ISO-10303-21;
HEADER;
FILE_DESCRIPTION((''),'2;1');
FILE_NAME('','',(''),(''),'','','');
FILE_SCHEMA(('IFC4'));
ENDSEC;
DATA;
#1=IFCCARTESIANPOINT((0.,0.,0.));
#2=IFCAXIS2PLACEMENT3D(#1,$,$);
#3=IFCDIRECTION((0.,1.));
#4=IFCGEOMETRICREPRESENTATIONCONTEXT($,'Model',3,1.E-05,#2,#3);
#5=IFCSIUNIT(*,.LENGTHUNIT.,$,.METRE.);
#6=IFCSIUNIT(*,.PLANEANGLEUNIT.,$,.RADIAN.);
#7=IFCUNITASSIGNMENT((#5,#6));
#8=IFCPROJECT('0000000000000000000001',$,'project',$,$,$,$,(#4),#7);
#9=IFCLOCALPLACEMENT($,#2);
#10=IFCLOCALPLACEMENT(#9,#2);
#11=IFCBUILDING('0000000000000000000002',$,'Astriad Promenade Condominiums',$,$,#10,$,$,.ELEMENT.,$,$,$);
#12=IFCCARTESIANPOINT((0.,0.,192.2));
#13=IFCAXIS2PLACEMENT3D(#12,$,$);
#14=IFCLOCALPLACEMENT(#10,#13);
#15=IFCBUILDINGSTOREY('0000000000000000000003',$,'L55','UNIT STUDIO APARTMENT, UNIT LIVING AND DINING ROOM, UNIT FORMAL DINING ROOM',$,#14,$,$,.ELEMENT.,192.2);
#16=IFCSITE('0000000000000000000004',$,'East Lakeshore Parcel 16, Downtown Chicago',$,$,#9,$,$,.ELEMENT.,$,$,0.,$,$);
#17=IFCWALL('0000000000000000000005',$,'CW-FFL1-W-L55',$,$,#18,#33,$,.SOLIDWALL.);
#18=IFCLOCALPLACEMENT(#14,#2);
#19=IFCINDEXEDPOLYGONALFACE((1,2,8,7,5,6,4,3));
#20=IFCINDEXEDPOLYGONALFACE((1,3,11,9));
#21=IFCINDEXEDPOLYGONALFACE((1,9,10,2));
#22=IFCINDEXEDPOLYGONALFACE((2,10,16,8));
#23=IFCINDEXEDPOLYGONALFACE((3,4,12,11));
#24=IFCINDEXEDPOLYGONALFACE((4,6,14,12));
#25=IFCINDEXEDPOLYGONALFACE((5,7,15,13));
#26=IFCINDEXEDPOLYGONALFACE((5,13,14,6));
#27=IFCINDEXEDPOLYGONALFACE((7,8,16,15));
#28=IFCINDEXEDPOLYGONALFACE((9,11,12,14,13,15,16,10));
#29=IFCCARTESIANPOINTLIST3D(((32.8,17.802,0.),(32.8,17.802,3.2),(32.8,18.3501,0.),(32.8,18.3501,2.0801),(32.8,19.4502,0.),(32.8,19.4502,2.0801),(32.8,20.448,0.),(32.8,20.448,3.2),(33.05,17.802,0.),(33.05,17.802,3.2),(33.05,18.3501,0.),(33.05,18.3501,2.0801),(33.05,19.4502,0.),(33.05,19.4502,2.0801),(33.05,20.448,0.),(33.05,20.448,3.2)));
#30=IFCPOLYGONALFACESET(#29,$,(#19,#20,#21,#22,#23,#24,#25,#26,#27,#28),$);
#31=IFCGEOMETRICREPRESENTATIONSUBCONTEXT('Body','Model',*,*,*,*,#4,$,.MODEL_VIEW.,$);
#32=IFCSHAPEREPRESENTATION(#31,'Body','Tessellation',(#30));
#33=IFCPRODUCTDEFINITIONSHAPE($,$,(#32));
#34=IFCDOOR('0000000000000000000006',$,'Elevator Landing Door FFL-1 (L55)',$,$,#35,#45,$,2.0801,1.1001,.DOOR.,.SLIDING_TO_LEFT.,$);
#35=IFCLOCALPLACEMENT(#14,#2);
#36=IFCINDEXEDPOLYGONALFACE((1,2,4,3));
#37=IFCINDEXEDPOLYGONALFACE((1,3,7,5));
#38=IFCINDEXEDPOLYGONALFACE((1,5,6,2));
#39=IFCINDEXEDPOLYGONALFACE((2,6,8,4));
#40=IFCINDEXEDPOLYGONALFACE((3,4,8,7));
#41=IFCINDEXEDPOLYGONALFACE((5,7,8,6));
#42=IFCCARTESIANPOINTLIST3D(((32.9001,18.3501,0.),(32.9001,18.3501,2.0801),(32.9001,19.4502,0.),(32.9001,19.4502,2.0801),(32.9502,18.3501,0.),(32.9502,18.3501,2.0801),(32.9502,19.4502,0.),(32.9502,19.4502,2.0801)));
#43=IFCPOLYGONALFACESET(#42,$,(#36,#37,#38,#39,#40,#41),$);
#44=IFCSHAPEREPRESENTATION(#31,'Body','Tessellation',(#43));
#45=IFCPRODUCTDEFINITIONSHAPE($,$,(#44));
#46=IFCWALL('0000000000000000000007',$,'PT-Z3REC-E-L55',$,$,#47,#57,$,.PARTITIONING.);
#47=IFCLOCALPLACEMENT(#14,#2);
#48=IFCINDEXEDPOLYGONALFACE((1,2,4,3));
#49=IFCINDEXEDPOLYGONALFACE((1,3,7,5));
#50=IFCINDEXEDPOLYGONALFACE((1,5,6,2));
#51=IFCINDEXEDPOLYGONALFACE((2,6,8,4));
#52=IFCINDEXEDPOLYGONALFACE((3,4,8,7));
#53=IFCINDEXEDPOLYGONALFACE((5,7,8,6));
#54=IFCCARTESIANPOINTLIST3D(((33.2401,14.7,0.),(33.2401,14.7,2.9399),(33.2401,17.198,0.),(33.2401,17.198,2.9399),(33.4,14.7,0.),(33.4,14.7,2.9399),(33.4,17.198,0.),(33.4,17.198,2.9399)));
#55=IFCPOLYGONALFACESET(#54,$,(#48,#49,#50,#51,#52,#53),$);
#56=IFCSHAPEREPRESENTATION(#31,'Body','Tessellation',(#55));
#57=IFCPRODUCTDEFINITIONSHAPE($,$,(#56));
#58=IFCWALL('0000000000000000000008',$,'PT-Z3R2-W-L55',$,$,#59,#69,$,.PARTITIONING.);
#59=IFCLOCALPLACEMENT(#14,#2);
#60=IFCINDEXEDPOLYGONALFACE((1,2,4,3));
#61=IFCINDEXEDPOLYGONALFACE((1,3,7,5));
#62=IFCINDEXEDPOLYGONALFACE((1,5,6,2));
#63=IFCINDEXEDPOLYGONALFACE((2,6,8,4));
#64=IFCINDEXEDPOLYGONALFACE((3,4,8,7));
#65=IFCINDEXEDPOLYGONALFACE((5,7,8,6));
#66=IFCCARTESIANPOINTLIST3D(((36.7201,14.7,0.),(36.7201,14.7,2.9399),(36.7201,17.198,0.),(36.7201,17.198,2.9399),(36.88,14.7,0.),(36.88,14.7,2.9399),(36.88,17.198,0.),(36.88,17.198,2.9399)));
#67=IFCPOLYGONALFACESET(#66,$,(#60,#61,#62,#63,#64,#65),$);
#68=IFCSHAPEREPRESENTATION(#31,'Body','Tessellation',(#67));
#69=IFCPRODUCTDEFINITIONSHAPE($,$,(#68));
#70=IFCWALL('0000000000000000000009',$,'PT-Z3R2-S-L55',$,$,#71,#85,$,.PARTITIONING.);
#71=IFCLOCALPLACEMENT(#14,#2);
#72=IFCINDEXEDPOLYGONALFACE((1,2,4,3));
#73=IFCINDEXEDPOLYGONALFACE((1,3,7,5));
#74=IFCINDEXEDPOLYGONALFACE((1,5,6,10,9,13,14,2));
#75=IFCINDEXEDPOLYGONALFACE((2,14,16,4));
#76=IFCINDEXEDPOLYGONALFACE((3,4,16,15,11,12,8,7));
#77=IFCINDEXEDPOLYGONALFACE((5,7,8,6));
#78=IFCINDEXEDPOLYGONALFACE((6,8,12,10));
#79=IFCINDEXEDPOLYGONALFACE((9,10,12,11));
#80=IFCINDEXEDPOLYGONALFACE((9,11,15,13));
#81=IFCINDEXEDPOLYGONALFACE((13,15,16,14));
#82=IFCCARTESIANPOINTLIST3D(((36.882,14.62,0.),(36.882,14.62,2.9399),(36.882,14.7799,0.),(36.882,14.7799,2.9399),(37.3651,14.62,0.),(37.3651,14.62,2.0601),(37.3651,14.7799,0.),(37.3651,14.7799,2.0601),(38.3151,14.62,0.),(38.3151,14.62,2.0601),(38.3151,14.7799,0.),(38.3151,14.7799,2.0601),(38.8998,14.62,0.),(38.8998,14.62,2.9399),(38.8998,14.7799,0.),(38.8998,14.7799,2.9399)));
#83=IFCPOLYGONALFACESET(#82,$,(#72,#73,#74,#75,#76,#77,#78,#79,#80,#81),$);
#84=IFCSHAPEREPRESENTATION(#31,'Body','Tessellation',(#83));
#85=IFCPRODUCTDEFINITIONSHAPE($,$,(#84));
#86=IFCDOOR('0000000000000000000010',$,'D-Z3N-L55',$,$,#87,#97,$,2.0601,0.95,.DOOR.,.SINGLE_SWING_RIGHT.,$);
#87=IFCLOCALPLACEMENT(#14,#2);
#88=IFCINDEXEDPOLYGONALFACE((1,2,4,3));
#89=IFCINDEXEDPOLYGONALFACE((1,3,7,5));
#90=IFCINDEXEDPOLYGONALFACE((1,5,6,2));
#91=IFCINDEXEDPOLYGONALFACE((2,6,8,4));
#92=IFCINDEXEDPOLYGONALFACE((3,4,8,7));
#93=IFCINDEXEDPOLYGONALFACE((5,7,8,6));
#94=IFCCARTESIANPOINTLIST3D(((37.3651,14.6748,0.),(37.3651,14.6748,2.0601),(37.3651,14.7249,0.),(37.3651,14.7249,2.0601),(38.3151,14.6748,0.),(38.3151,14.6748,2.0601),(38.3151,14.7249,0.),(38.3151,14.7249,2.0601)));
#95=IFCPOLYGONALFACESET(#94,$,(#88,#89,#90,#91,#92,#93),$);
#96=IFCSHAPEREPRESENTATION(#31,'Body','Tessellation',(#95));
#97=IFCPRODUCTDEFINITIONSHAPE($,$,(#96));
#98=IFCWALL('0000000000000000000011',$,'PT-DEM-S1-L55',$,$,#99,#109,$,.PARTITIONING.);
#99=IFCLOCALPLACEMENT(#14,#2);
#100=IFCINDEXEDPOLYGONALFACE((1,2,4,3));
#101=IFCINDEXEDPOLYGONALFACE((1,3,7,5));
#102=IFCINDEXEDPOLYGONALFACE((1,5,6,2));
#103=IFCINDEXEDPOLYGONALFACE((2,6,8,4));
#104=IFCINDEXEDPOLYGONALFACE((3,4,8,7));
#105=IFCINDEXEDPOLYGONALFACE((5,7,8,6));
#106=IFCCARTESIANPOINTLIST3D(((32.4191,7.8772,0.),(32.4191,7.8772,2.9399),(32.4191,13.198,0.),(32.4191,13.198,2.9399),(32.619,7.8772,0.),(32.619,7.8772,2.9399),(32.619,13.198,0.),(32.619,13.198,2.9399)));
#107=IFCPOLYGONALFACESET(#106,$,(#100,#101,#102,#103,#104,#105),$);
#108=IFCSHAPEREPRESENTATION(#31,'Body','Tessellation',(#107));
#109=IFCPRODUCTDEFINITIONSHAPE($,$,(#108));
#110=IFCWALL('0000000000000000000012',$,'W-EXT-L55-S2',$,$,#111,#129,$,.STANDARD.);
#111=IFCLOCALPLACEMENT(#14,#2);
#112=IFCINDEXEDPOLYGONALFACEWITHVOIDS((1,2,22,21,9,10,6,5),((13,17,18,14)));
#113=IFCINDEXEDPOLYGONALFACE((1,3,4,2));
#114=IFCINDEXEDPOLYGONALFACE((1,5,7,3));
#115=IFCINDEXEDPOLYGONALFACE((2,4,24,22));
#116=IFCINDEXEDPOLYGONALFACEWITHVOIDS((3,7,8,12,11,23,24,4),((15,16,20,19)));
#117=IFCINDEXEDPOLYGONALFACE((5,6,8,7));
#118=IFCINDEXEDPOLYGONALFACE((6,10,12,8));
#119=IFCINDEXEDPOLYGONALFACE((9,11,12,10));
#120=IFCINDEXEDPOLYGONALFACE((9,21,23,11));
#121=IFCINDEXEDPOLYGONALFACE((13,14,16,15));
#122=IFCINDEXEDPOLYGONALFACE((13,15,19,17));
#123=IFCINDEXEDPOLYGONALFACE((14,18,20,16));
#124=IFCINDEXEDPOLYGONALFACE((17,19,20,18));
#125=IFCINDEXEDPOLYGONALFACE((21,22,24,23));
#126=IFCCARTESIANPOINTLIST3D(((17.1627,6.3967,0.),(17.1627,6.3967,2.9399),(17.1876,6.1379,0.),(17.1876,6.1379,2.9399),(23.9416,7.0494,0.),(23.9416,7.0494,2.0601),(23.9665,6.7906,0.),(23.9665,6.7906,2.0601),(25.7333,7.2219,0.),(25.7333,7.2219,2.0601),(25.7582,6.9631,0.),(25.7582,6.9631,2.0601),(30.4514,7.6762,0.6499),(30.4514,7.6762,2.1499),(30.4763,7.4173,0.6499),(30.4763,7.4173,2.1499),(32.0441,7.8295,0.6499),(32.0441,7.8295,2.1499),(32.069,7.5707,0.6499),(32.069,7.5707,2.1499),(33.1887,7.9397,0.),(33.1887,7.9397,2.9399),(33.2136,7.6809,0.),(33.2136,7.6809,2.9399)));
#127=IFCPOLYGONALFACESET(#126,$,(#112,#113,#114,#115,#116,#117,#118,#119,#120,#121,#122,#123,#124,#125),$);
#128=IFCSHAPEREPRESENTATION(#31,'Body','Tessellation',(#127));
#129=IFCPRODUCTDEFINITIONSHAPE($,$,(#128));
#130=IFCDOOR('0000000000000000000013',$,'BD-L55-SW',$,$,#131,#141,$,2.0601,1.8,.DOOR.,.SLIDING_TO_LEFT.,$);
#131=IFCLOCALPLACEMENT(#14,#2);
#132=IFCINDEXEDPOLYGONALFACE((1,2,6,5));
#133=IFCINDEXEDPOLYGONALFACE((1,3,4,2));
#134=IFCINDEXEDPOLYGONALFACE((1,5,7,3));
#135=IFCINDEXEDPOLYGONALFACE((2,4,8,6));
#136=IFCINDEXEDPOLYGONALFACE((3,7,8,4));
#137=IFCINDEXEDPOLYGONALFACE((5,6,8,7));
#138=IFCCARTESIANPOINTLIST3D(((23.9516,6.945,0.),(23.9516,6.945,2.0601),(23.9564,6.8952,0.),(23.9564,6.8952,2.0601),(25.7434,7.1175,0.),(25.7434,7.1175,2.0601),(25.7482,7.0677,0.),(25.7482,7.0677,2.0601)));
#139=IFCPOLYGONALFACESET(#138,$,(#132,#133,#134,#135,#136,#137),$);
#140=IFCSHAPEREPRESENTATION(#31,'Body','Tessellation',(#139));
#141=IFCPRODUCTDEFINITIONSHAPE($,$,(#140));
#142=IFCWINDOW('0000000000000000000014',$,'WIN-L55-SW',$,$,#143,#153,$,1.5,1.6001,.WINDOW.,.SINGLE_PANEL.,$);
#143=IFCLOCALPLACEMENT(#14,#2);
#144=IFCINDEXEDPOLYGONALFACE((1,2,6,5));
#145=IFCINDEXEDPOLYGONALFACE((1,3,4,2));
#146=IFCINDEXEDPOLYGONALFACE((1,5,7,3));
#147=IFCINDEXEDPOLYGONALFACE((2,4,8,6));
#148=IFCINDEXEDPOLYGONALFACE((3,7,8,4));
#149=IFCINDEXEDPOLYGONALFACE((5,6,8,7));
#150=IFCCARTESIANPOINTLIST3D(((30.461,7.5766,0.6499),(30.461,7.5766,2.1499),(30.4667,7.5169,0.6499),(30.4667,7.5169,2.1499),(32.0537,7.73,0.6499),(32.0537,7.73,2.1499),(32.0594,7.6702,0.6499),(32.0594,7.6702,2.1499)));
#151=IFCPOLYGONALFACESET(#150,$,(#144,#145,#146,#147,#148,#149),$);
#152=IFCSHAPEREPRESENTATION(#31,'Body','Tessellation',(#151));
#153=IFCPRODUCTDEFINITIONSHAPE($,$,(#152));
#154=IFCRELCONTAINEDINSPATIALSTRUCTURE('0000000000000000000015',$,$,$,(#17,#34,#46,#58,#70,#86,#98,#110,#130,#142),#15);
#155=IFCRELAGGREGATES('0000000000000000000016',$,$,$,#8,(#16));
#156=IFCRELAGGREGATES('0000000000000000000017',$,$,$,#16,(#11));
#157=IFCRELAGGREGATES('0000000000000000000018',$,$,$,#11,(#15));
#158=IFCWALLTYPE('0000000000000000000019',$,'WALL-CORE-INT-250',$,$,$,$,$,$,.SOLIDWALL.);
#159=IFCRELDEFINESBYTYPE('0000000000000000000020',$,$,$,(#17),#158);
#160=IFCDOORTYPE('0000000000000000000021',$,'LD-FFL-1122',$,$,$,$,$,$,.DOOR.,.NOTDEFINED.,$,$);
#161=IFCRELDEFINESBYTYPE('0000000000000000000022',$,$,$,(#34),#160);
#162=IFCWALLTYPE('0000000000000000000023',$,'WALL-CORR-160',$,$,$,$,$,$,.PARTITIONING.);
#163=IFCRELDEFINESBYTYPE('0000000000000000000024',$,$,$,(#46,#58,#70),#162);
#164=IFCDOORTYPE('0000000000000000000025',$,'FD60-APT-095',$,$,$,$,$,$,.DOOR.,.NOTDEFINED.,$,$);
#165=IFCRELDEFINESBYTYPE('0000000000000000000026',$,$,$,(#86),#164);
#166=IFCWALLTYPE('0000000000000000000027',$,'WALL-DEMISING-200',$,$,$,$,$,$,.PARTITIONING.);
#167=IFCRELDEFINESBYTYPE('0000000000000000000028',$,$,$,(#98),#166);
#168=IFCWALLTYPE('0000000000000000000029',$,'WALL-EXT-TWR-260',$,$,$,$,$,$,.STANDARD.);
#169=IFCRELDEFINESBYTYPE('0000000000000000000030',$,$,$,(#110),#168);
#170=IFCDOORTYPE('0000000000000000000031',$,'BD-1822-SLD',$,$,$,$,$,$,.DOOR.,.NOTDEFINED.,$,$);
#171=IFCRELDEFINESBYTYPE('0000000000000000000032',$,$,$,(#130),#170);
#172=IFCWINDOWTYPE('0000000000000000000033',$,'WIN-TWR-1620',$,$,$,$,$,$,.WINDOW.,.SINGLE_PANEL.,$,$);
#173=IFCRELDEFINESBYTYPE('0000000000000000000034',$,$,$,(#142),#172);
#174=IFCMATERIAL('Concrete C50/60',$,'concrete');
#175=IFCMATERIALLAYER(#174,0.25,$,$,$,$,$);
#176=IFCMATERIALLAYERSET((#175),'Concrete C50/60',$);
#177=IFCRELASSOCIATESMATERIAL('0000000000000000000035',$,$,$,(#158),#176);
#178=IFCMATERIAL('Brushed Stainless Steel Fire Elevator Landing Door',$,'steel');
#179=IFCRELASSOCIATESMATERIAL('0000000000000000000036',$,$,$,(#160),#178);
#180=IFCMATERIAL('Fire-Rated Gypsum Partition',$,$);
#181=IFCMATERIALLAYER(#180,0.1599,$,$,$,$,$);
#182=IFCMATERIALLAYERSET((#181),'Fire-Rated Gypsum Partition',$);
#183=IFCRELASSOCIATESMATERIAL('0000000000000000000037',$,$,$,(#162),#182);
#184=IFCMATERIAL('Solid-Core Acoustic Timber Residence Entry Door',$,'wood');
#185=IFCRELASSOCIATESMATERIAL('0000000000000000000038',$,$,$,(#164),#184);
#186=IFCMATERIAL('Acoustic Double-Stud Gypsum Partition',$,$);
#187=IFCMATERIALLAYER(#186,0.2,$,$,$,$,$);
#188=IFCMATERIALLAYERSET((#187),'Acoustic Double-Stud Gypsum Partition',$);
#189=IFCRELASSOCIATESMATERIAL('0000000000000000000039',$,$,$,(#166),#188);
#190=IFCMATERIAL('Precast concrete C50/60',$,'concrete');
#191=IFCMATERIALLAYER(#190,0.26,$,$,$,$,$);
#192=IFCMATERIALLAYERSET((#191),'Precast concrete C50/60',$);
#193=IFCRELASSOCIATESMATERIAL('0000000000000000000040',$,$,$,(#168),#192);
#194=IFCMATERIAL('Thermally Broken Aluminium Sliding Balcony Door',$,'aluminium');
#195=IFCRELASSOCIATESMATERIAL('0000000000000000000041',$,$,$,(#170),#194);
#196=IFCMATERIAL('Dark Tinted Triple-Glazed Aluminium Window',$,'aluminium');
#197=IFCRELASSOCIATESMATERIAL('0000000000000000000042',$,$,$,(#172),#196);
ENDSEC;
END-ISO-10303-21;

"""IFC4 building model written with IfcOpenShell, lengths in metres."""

from ifc_helpers import new_model, si_unit, direction, frame, frame_2d, origin, place, context, subcontext, project, spatial, rectangle, extrude, source, transform, mapped, material, layer, layer_set, type_object, type_shapes, element, fill, save


model = new_model("IFC4")

# Units and contexts
model_context = context("Model", 3, precision=1e-05, world=origin(), true_north=direction((0.0, 1.0)))
body_context = subcontext(model_context, "Body", "Model", "MODEL_VIEW")
ifc_project = project(units=[si_unit("LENGTHUNIT", "METRE"), si_unit("PLANEANGLEUNIT", "RADIAN")], contexts=[model_context])

# Site, building, storey
site_placement = place(None, origin())
site = spatial("IfcSite", under=ifc_project, at=site_placement, Name="East Lakeshore Parcel 16, Downtown Chicago", CompositionType="ELEMENT", RefElevation=0.0)
building_placement = place(site_placement, origin())
building = spatial("IfcBuilding", under=site, at=building_placement, Name="Astriad Promenade Condominiums", CompositionType="ELEMENT")
storey_placement = place(building_placement, frame((0.0, 0.0, 192.2)))
storey = spatial("IfcBuildingStorey", under=building, at=storey_placement, Name="L55", Description="UNIT STUDIO APARTMENT, UNIT LIVING AND DINING ROOM, UNIT FORMAL DINING ROOM", CompositionType="ELEMENT", Elevation=192.2)

# Wall, opening, door
ifc_material_1 = material(Name="Concrete C50/60", Category="concrete")
ifc_layer_1 = layer(ifc_material_1, 0.25)
ifc_layer_set_1 = layer_set([ifc_layer_1], Name="Concrete C50/60")
wall_type_1 = type_object("IfcWallType", Name="WALL-CORE-INT-250", PredefinedType="SOLIDWALL", material=ifc_layer_set_1)
wall_1_placement = place(storey_placement, frame((32.925, 17.802, 0.0), z_axis=(0.0, 0.0, 1.0), x_axis=(0.0, 1.0, 0.0)))
wall_1 = element("IfcWall", 1, at=wall_1_placement, inside=storey, type_object=wall_type_1, Name="CW-FFL1-W-L55", PredefinedType="SOLIDWALL", context=body_context, shape_type="SweptSolid", body=[
    extrude(rectangle(XDim=2.646, YDim=0.25, at=frame_2d((1.323, 0.0))), origin(), (0.0, 0.0, 1.0), 3.2),
])
opening_1_placement = place(wall_1_placement, frame((0.5481, 0.0, 0.0)))
opening_1 = element("IfcOpeningElement", 2, at=opening_1_placement, cuts=wall_1, PredefinedType="OPENING", context=body_context, shape_type="SweptSolid", body=[
    extrude(rectangle(XDim=1.1001, YDim=2.0801, at=frame_2d((0.55, 1.04))), frame((0.0, 0.135, 0.0), z_axis=(0.0, -1.0, 0.0), x_axis=(1.0, 0.0, 0.0)), (0.0, 0.0, 1.0), 0.27),
])
ifc_material_2 = material(Name="Brushed Stainless Steel Fire Elevator Landing Door", Category="steel")
door_type_1 = type_object("IfcDoorType", Name="LD-FFL-1122", OperationType="NOTDEFINED", PredefinedType="DOOR", material=ifc_material_2)
shared_shape_1 = source(origin(), body_context, "Body", "SweptSolid", [
    extrude(rectangle(XDim=1.1001, YDim=2.0801, at=frame_2d((0.55, 1.04))), frame((0.0, 0.0249, 0.0), z_axis=(0.0, -1.0, 0.0), x_axis=(1.0, 0.0, 0.0)), (0.0, 0.0, 1.0), 0.05),
])
type_shapes(door_type_1, [shared_shape_1])
door_1_placement = place(opening_1_placement, origin())
door_1 = element("IfcDoor", 3, at=door_1_placement, inside=storey, type_object=door_type_1, Name="Elevator Landing Door FFL-1 (L55)", OperationType="SLIDING_TO_LEFT", OverallHeight=2.0801, OverallWidth=1.1001, PredefinedType="DOOR", context=body_context, shape_type="MappedRepresentation", body=[
    mapped(shared_shape_1, transform((0.0, 0.0, 0.0), scale=1.0)),
])
fill(opening_1, door_1)

# Walls
ifc_material_3 = material(Name="Fire-Rated Gypsum Partition")
ifc_layer_2 = layer(ifc_material_3, 0.1599)
ifc_layer_set_2 = layer_set([ifc_layer_2], Name="Fire-Rated Gypsum Partition")
wall_type_2 = type_object("IfcWallType", Name="WALL-CORR-160", PredefinedType="PARTITIONING", material=ifc_layer_set_2)
for number, where, z_axis, x_axis, name in (
    (4, (33.3201, 14.7, 0.0), (0.0, 0.0, 1.0), (0.0, 1.0, 0.0), "PT-Z3REC-E-L55"),
    (5, (36.8, 14.7, 0.0), (0.0, 0.0, 1.0), (0.0, 1.0, 0.0), "PT-Z3R2-W-L55"),
):
    element("IfcWall", number, at=place(storey_placement, frame(where, z_axis=z_axis, x_axis=x_axis)), inside=storey, type_object=wall_type_2, Name=name, PredefinedType="PARTITIONING", context=body_context, shape_type="SweptSolid", body=[
        extrude(rectangle(XDim=2.498, YDim=0.1599, at=frame_2d((1.249, 0.0))), origin(), (0.0, 0.0, 1.0), 2.9399),
    ])

# Wall, opening, door
wall_2_placement = place(storey_placement, frame((36.8821, 14.7, 0.0), z_axis=(0.0, 0.0, 1.0), x_axis=(1.0, 0.0, 0.0)))
wall_2 = element("IfcWall", 6, at=wall_2_placement, inside=storey, type_object=wall_type_2, Name="PT-Z3R2-S-L55", PredefinedType="PARTITIONING", context=body_context, shape_type="SweptSolid", body=[
    extrude(rectangle(XDim=2.0178, YDim=0.1599, at=frame_2d((1.0088, 0.0))), origin(), (0.0, 0.0, 1.0), 2.9399),
])
opening_2_placement = place(wall_2_placement, frame((0.4829, 0.0, 0.0)))
opening_2 = element("IfcOpeningElement", 7, at=opening_2_placement, cuts=wall_2, PredefinedType="OPENING", context=body_context, shape_type="SweptSolid", body=[
    extrude(rectangle(XDim=0.95, YDim=2.0601, at=frame_2d((0.4751, 1.03))), frame((0.0, 0.0898, 0.0), z_axis=(0.0, -1.0, 0.0), x_axis=(1.0, 0.0, 0.0)), (0.0, 0.0, 1.0), 0.1799),
])
ifc_material_4 = material(Name="Solid-Core Acoustic Timber Residence Entry Door", Category="wood")
door_type_2 = type_object("IfcDoorType", Name="FD60-APT-095", OperationType="NOTDEFINED", PredefinedType="DOOR", material=ifc_material_4)
shared_shape_2 = source(origin(), body_context, "Body", "SweptSolid", [
    extrude(rectangle(XDim=0.95, YDim=2.0601, at=frame_2d((0.4751, 1.03))), frame((0.0, 0.0249, 0.0), z_axis=(0.0, -1.0, 0.0), x_axis=(1.0, 0.0, 0.0)), (0.0, 0.0, 1.0), 0.05),
])
type_shapes(door_type_2, [shared_shape_2])
door_2_placement = place(opening_2_placement, origin())
door_2 = element("IfcDoor", 8, at=door_2_placement, inside=storey, type_object=door_type_2, Name="D-Z3N-L55", OperationType="SINGLE_SWING_RIGHT", OverallHeight=2.0601, OverallWidth=0.95, PredefinedType="DOOR", context=body_context, shape_type="MappedRepresentation", body=[
    mapped(shared_shape_2, transform((0.0, 0.0, 0.0), scale=1.0)),
])
fill(opening_2, door_2)

# Wall
ifc_material_5 = material(Name="Acoustic Double-Stud Gypsum Partition")
ifc_layer_3 = layer(ifc_material_5, 0.2)
ifc_layer_set_3 = layer_set([ifc_layer_3], Name="Acoustic Double-Stud Gypsum Partition")
wall_type_3 = type_object("IfcWallType", Name="WALL-DEMISING-200", PredefinedType="PARTITIONING", material=ifc_layer_set_3)
wall_3_placement = place(storey_placement, frame((32.519, 7.8772, 0.0), z_axis=(0.0, 0.0, 1.0), x_axis=(0.0, 1.0, 0.0)))
element("IfcWall", 9, at=wall_3_placement, inside=storey, type_object=wall_type_3, Name="PT-DEM-S1-L55", PredefinedType="PARTITIONING", context=body_context, shape_type="SweptSolid", body=[
    extrude(rectangle(XDim=5.3208, YDim=0.2, at=frame_2d((2.6604, 0.0))), origin(), (0.0, 0.0, 1.0), 2.9399),
])

# Wall, openings, door, window
ifc_material_6 = material(Name="Precast concrete C50/60", Category="concrete")
ifc_layer_4 = layer(ifc_material_6, 0.26)
ifc_layer_set_4 = layer_set([ifc_layer_4], Name="Precast concrete C50/60")
wall_type_4 = type_object("IfcWallType", Name="WALL-EXT-TWR-260", PredefinedType="STANDARD", material=ifc_layer_set_4)
wall_4_placement = place(storey_placement, frame((33.2012, 7.8103, 0.0), z_axis=(0.0, 0.0, 1.0), x_axis=(-0.995397, -0.095837, 0.0)))
wall_4 = element("IfcWall", 10, at=wall_4_placement, inside=storey, type_object=wall_type_4, Name="W-EXT-L55-S2", PredefinedType="STANDARD", context=body_context, shape_type="SweptSolid", body=[
    extrude(rectangle(XDim=16.1001, YDim=0.26, at=frame_2d((8.05, 0.0))), origin(), (0.0, 0.0, 1.0), 2.9399),
])
opening_3_placement = place(wall_4_placement, frame((7.49, 0.0, 0.0)))
opening_3 = element("IfcOpeningElement", 11, at=opening_3_placement, cuts=wall_4, PredefinedType="OPENING", context=body_context, shape_type="SweptSolid", body=[
    extrude(rectangle(XDim=1.8, YDim=2.0601, at=frame_2d((0.8999, 1.03))), frame((0.0, 0.1399, 0.0), z_axis=(0.0, -1.0, 0.0), x_axis=(1.0, 0.0, 0.0)), (0.0, 0.0, 1.0), 0.28),
])
opening_4_placement = place(wall_4_placement, frame((1.1499, 0.0, 0.6499)))
opening_4 = element("IfcOpeningElement", 12, at=opening_4_placement, cuts=wall_4, PredefinedType="OPENING", context=body_context, shape_type="SweptSolid", body=[
    extrude(rectangle(XDim=1.6001, YDim=1.5, at=frame_2d((0.8, 0.75))), frame((0.0, 0.1399, 0.0), z_axis=(0.0, -1.0, 0.0), x_axis=(1.0, 0.0, 0.0)), (0.0, 0.0, 1.0), 0.28),
])
ifc_material_7 = material(Name="Thermally Broken Aluminium Sliding Balcony Door", Category="aluminium")
door_type_3 = type_object("IfcDoorType", Name="BD-1822-SLD", OperationType="NOTDEFINED", PredefinedType="DOOR", material=ifc_material_7)
shared_shape_3 = source(origin(), body_context, "Body", "SweptSolid", [
    extrude(rectangle(XDim=1.8, YDim=2.0601, at=frame_2d((0.8999, 1.03))), frame((0.0, 0.0249, 0.0), z_axis=(0.0, -1.0, 0.0), x_axis=(1.0, 0.0, 0.0)), (0.0, 0.0, 1.0), 0.05),
])
type_shapes(door_type_3, [shared_shape_3])
door_3_placement = place(opening_3_placement, origin())
door_3 = element("IfcDoor", 13, at=door_3_placement, inside=storey, type_object=door_type_3, Name="BD-L55-SW", OperationType="SLIDING_TO_LEFT", OverallHeight=2.0601, OverallWidth=1.8, PredefinedType="DOOR", context=body_context, shape_type="MappedRepresentation", body=[
    mapped(shared_shape_3, transform((0.0, 0.0, 0.0), scale=1.0)),
])
fill(opening_3, door_3)
ifc_material_8 = material(Name="Dark Tinted Triple-Glazed Aluminium Window", Category="aluminium")
window_type = type_object("IfcWindowType", Name="WIN-TWR-1620", PartitioningType="SINGLE_PANEL", PredefinedType="WINDOW", material=ifc_material_8)
shared_shape_4 = source(origin(), body_context, "Body", "SweptSolid", [
    extrude(rectangle(XDim=1.6001, YDim=1.5, at=frame_2d((0.8, 0.75))), frame((0.0, 0.03, 0.0), z_axis=(0.0, -1.0, 0.0), x_axis=(1.0, 0.0, 0.0)), (0.0, 0.0, 1.0), 0.0601),
])
type_shapes(window_type, [shared_shape_4])
window_placement = place(opening_4_placement, origin())
window = element("IfcWindow", 14, at=window_placement, inside=storey, type_object=window_type, Name="WIN-L55-SW", OverallHeight=1.5, OverallWidth=1.6001, PartitioningType="SINGLE_PANEL", PredefinedType="WINDOW", context=body_context, shape_type="MappedRepresentation", body=[
    mapped(shared_shape_4, transform((0.0, 0.0, 0.0), scale=1.0)),
])
fill(opening_4, window)

save(model, "model.ifc")
